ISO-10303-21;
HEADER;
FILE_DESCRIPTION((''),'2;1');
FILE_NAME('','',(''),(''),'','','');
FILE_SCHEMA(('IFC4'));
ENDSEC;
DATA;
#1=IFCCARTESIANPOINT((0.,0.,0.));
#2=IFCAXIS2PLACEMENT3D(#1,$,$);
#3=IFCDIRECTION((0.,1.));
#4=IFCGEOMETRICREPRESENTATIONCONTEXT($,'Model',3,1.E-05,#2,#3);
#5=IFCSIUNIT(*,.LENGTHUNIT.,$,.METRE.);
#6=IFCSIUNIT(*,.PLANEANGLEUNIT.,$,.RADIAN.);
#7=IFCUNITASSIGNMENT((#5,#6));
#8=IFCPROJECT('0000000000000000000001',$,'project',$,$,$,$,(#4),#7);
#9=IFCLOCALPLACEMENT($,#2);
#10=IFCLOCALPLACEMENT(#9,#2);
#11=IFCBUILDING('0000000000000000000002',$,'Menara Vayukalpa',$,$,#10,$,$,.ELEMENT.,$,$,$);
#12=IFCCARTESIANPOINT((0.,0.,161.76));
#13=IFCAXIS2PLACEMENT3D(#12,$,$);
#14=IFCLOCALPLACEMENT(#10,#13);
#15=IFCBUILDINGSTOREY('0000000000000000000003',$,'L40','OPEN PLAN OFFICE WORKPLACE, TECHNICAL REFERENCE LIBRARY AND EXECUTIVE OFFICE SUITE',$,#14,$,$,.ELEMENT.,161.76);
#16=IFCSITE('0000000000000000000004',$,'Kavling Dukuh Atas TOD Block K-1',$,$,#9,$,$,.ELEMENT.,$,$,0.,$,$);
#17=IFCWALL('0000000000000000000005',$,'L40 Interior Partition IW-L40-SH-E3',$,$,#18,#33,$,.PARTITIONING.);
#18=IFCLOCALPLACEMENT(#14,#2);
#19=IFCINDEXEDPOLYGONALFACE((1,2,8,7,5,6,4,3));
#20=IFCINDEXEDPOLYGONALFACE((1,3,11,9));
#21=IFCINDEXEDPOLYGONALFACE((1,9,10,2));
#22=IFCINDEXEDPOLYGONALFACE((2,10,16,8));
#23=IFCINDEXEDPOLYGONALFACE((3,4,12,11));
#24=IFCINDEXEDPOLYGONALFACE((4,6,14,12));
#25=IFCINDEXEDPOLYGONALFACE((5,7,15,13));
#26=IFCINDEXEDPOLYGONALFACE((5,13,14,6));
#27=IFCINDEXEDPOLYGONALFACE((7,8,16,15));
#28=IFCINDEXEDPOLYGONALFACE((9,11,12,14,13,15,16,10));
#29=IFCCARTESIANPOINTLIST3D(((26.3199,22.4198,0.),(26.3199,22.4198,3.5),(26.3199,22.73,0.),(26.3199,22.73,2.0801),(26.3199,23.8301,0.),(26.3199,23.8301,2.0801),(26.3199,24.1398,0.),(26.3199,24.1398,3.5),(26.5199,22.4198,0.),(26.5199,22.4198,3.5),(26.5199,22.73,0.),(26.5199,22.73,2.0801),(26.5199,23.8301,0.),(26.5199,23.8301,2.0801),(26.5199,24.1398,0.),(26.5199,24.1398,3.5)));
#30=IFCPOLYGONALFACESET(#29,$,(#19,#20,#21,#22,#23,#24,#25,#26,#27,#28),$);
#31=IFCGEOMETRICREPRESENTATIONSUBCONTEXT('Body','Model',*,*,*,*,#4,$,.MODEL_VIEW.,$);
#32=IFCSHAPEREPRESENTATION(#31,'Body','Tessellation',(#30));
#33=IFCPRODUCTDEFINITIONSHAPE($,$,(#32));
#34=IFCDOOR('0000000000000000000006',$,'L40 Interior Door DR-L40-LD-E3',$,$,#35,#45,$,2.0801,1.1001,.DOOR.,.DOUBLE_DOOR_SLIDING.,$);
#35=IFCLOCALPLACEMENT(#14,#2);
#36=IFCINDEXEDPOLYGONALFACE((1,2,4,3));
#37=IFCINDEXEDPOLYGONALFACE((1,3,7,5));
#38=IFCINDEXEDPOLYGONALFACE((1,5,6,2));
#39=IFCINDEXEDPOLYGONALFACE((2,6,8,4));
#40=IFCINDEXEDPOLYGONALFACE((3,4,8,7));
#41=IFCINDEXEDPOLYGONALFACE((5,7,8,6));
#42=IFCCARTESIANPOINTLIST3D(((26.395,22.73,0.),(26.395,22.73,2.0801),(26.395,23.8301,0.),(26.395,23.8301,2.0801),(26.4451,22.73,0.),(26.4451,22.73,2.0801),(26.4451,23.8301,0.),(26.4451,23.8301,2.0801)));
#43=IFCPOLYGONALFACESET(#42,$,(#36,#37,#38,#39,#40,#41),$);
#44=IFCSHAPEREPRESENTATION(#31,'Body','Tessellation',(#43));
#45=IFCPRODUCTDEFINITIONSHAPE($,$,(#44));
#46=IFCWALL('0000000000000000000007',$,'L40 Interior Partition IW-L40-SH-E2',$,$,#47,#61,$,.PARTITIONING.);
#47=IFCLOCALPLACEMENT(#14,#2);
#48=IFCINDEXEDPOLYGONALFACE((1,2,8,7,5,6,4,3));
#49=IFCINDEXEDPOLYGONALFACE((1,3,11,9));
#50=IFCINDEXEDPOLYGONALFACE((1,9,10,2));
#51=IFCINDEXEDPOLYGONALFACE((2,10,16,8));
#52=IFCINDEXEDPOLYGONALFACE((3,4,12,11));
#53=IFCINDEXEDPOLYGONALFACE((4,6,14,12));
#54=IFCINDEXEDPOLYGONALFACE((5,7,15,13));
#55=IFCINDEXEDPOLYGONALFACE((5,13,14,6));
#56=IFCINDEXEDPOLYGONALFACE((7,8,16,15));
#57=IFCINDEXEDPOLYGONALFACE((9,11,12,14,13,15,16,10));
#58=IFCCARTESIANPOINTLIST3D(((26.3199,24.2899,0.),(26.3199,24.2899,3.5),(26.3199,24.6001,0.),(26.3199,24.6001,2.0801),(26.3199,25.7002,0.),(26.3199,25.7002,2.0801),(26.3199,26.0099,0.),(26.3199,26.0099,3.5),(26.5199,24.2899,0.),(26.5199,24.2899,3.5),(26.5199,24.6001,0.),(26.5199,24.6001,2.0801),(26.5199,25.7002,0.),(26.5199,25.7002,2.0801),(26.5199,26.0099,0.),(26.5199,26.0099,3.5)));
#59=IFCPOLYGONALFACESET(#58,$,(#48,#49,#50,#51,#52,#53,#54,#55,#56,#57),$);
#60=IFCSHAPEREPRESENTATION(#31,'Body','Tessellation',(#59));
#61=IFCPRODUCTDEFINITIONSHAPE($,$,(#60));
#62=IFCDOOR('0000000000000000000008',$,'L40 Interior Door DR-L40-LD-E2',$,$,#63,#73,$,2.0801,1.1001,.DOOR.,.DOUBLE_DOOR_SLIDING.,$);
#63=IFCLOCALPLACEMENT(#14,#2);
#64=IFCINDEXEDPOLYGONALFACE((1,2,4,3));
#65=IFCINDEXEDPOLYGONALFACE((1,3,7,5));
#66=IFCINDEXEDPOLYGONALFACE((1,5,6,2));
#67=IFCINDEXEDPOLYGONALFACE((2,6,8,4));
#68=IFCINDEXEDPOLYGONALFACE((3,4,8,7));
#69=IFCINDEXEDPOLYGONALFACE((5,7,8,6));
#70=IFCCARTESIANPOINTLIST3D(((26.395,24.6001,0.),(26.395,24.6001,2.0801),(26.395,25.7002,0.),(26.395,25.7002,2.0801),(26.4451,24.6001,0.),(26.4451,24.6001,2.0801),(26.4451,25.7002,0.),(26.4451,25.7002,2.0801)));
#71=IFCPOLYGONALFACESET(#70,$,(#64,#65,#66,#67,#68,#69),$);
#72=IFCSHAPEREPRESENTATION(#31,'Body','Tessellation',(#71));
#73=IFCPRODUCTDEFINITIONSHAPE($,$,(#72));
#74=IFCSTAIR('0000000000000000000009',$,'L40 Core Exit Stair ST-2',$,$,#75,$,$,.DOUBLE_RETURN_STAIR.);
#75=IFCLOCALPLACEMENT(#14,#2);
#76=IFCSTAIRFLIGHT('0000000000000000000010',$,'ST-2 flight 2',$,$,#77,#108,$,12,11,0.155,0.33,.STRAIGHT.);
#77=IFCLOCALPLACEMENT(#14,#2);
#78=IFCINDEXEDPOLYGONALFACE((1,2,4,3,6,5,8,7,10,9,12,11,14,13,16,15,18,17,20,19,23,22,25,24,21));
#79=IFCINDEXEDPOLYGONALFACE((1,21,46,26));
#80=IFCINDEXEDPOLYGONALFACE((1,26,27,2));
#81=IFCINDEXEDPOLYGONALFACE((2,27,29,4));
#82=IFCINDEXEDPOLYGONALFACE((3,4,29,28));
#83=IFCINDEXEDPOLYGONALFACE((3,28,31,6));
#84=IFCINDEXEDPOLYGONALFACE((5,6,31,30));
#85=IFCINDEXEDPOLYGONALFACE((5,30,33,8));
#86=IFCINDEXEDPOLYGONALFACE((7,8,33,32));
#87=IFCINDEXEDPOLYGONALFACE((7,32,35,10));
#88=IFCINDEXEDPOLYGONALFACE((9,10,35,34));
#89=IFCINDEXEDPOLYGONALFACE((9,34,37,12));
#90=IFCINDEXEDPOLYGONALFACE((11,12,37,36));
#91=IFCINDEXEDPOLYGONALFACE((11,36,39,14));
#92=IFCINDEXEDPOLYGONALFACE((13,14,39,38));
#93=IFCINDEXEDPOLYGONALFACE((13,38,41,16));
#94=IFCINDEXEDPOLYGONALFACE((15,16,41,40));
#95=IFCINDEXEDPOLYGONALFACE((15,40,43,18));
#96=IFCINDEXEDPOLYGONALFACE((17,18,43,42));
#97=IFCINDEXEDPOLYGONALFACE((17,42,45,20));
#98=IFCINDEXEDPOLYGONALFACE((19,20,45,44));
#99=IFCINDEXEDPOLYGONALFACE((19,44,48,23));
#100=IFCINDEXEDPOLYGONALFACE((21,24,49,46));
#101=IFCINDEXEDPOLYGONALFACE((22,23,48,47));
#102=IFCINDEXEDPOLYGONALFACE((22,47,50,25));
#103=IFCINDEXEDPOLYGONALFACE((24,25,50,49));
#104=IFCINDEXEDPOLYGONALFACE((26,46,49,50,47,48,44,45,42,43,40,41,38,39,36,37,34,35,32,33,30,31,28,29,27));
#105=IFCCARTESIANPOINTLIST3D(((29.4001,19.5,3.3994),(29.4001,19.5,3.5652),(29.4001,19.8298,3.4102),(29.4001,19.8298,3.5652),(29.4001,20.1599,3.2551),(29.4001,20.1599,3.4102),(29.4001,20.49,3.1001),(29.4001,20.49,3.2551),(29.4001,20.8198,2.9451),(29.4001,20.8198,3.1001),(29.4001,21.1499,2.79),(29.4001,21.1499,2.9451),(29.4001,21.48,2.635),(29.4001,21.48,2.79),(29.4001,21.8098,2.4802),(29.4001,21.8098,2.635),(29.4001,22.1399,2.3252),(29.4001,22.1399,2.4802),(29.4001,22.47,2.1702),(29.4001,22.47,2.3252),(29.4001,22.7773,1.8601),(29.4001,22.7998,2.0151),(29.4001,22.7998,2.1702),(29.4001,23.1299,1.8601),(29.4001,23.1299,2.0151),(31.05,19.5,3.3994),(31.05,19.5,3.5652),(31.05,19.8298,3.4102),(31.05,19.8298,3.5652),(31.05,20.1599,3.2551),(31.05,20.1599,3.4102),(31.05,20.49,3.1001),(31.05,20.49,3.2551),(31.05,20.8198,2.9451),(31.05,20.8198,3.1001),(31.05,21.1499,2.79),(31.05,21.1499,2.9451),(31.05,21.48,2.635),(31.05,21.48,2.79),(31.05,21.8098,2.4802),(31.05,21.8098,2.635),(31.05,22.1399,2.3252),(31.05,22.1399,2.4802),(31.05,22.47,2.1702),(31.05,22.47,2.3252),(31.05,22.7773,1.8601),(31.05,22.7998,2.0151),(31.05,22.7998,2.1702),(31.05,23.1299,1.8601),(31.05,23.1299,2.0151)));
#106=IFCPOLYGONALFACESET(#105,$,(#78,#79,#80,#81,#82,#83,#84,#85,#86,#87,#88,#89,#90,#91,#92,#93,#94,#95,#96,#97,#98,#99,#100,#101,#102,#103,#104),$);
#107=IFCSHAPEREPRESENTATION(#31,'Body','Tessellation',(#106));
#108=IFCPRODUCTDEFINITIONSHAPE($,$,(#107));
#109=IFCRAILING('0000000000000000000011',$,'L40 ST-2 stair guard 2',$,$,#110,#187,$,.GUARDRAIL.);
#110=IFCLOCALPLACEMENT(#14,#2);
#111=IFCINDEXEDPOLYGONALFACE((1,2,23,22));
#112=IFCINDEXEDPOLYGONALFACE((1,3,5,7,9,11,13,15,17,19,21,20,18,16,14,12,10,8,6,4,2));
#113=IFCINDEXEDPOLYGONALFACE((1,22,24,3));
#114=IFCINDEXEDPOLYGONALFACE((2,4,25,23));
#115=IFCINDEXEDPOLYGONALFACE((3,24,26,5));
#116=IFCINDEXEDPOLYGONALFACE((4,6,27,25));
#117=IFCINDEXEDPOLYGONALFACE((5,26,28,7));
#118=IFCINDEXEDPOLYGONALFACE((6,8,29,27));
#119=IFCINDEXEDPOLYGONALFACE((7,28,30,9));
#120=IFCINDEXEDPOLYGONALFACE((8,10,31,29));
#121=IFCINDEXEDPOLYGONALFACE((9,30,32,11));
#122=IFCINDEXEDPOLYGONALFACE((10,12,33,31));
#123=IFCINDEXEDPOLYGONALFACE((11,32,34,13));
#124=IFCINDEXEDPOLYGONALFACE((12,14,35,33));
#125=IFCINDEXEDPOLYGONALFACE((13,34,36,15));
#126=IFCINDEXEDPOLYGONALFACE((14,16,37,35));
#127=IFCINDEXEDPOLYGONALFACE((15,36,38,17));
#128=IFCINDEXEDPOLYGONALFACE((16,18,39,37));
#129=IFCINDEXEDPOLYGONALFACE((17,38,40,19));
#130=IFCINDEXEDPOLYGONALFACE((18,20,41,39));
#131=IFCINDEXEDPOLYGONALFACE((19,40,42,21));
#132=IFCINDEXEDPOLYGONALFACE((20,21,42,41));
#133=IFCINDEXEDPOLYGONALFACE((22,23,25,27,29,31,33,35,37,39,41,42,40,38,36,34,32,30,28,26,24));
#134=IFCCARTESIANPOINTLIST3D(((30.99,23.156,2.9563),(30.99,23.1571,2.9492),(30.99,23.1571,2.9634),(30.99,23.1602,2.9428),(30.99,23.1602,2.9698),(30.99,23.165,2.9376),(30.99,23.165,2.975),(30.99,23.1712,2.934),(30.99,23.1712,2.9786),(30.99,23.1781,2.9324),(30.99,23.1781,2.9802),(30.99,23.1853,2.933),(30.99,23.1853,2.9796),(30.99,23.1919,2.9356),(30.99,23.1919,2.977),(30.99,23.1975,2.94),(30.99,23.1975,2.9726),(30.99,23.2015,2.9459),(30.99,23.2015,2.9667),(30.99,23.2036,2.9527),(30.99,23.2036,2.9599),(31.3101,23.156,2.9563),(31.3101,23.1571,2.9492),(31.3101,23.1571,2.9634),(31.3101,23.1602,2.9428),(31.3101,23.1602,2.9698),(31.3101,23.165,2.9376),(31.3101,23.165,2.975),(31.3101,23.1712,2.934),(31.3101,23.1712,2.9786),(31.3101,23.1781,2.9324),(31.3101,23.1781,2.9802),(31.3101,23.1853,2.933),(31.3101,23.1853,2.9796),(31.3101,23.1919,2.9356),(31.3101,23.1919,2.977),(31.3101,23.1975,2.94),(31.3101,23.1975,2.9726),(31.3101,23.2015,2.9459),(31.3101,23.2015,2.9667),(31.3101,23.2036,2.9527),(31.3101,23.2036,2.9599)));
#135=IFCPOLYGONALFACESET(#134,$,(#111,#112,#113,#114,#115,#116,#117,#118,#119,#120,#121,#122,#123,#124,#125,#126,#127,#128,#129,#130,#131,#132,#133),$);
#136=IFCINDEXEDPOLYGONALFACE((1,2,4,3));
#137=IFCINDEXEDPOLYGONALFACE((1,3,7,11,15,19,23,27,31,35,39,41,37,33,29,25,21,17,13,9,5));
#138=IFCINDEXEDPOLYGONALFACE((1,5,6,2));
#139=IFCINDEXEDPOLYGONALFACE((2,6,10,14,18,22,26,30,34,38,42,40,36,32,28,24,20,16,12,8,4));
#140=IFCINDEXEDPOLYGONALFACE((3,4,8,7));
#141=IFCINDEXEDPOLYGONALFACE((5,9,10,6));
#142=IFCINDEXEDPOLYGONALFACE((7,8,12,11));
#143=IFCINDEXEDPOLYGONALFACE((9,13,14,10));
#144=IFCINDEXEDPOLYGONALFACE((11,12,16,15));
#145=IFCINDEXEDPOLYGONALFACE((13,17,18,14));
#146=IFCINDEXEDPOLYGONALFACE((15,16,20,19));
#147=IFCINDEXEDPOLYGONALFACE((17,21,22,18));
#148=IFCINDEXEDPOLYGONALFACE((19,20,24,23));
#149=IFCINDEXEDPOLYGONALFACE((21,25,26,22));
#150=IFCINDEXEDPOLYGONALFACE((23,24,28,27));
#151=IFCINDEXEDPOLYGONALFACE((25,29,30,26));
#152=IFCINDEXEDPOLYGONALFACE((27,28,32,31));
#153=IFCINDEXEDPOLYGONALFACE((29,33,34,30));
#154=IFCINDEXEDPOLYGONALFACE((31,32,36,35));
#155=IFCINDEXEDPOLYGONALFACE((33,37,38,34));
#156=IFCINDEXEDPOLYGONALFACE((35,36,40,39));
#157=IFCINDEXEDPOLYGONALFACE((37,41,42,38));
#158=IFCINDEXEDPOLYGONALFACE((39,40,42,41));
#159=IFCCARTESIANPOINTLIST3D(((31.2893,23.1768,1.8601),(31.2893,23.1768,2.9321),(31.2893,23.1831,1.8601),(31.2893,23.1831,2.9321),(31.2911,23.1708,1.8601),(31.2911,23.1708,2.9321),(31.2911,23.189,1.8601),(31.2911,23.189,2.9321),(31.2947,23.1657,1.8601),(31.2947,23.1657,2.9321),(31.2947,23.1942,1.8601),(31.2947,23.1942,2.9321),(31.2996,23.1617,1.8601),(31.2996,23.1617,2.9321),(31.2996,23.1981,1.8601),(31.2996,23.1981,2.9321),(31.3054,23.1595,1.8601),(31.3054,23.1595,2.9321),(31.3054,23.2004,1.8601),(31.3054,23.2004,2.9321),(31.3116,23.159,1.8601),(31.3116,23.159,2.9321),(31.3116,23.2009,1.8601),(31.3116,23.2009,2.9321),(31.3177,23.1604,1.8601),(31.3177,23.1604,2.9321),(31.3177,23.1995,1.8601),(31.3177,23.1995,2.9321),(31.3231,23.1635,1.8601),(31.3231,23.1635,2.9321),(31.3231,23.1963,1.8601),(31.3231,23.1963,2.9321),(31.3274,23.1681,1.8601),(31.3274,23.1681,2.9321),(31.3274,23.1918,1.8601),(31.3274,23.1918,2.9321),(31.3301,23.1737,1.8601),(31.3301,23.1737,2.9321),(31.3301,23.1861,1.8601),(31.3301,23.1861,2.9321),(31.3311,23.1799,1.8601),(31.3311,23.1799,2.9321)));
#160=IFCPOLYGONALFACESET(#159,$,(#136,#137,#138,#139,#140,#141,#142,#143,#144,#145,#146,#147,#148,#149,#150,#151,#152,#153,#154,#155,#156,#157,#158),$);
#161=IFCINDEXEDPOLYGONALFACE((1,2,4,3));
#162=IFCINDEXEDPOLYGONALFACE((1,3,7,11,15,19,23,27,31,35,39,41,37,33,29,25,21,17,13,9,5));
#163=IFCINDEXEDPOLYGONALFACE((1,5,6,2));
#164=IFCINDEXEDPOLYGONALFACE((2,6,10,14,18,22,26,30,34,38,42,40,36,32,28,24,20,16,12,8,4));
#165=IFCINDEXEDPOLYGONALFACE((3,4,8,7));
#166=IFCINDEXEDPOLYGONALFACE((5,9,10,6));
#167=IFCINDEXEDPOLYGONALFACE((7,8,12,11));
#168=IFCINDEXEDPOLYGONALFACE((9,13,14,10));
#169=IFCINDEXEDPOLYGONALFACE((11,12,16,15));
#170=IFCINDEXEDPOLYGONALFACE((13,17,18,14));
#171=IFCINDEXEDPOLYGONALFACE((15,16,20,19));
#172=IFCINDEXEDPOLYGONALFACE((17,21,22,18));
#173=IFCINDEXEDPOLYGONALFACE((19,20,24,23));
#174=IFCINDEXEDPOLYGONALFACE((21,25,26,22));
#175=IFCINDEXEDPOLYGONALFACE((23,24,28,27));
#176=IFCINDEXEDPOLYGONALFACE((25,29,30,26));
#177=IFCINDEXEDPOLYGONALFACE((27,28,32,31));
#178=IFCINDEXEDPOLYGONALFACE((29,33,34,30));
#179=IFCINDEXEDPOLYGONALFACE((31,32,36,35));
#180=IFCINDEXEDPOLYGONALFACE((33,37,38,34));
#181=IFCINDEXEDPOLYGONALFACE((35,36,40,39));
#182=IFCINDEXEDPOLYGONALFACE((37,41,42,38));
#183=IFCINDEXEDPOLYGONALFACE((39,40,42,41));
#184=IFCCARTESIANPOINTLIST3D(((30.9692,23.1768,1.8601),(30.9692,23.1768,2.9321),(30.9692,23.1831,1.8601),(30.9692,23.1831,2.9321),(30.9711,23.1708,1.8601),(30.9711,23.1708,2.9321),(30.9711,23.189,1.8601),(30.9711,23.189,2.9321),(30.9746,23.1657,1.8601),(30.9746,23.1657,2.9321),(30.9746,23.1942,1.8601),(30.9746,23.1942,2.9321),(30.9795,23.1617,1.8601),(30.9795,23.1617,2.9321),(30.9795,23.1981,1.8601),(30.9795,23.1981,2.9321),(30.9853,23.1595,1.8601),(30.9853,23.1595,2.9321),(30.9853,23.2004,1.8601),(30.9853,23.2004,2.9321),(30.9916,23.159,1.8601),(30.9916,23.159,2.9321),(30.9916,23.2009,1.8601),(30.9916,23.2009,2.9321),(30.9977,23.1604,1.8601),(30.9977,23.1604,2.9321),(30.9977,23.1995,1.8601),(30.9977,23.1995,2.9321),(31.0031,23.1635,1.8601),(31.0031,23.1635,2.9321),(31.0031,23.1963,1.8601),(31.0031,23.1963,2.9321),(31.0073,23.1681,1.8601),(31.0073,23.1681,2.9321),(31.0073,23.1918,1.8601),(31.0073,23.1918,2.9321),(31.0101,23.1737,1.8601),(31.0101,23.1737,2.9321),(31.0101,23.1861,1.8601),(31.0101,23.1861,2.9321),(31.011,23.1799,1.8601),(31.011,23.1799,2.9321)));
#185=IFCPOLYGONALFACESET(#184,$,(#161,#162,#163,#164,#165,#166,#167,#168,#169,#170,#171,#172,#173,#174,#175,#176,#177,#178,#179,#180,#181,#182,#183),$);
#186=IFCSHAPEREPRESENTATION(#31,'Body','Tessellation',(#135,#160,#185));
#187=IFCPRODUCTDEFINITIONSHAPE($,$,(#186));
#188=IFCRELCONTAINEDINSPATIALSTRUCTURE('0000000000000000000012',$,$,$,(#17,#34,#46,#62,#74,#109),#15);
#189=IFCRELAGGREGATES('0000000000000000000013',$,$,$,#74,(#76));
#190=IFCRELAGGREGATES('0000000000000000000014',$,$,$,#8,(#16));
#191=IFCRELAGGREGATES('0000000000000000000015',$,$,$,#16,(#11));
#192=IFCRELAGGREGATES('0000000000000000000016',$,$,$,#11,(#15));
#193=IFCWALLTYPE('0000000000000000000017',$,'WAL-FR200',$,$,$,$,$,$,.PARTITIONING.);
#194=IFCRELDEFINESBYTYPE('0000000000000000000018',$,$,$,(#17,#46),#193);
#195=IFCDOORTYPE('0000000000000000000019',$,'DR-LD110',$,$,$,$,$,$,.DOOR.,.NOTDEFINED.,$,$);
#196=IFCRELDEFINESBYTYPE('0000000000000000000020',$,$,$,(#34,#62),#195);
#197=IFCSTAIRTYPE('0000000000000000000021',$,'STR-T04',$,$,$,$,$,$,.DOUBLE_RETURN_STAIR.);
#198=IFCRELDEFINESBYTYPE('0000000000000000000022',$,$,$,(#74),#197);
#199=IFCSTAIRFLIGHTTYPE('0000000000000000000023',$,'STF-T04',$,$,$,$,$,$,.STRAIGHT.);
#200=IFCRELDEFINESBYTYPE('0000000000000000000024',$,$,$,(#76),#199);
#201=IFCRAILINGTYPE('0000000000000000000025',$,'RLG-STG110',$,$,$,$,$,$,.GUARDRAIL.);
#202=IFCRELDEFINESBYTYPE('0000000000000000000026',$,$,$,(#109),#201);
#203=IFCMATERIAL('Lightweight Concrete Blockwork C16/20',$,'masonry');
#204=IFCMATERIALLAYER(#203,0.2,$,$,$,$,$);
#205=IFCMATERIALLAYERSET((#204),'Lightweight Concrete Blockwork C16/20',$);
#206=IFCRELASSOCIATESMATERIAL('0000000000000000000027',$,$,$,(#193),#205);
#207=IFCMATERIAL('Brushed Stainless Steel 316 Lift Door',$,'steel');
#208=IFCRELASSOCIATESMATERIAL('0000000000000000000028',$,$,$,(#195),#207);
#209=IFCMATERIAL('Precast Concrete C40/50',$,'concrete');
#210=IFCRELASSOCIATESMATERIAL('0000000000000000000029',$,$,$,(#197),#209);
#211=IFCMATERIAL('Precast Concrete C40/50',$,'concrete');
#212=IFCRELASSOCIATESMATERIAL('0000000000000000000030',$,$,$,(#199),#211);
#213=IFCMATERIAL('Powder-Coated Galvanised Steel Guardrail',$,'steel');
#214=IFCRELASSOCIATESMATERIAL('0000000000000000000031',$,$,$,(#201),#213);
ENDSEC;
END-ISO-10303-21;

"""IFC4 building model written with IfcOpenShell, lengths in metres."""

from ifc_helpers import new_model, si_unit, direction, frame, frame_2d, origin, origin_2d, place, context, subcontext, project, spatial, polyline, rectangle, circle, outline, extrude, material, layer, layer_set, type_object, element, fill, aggregate, save


model = new_model("IFC4")

# Units and contexts
model_context = context("Model", 3, precision=1e-05, world=origin(), true_north=direction((0.0, 1.0)))
body_context = subcontext(model_context, "Body", "Model", "MODEL_VIEW")
ifc_project = project(units=[si_unit("LENGTHUNIT", "METRE"), si_unit("PLANEANGLEUNIT", "RADIAN")], contexts=[model_context])

# Site, building, storey
site_placement = place(None, origin())
site = spatial("IfcSite", under=ifc_project, at=site_placement, Name="Kavling Dukuh Atas TOD Block K-1", CompositionType="ELEMENT", RefElevation=0.0)
building_placement = place(site_placement, origin())
building = spatial("IfcBuilding", under=site, at=building_placement, Name="Menara Vayukalpa", CompositionType="ELEMENT")
storey_placement = place(building_placement, frame((0.0, 0.0, 161.76)))
storey = spatial("IfcBuildingStorey", under=building, at=storey_placement, Name="L40", Description="OPEN PLAN OFFICE WORKPLACE, TECHNICAL REFERENCE LIBRARY AND EXECUTIVE OFFICE SUITE", CompositionType="ELEMENT", Elevation=161.76)

# Walls, openings, doors
ifc_material_1 = material(Name="Lightweight Concrete Blockwork C16/20", Category="masonry")
ifc_layer_1 = layer(ifc_material_1, 0.2)
ifc_layer_set_1 = layer_set([ifc_layer_1], Name="Lightweight Concrete Blockwork C16/20")
wall_type_1 = type_object("IfcWallType", Name="WAL-FR200", PredefinedType="PARTITIONING", material=ifc_layer_set_1)
ifc_material_2 = material(Name="Brushed Stainless Steel 316 Lift Door", Category="steel")
door_type_1 = type_object("IfcDoorType", Name="DR-LD110", OperationType="NOTDEFINED", PredefinedType="DOOR", material=ifc_material_2)
wall_1_placement = place(storey_placement, frame((26.4199, 22.4199, 0.0), z_axis=(0.0, 0.0, 1.0), x_axis=(0.0, 1.0, 0.0)))
wall_1 = element("IfcWall", 1, at=wall_1_placement, inside=storey, type_object=wall_type_1, Name="L40 Interior Partition IW-L40-SH-E3", PredefinedType="PARTITIONING", context=body_context, shape_type="SweptSolid", body=[
    extrude(rectangle(XDim=1.72, YDim=0.2, at=frame_2d((0.8599, 0.0))), origin(), (0.0, 0.0, 1.0), 3.5),
])
opening_1_placement = place(wall_1_placement, frame((0.3101, 0.0, 0.0)))
opening_1 = element("IfcOpeningElement", 2, at=opening_1_placement, cuts=wall_1, PredefinedType="OPENING", context=body_context, shape_type="SweptSolid", body=[
    extrude(rectangle(XDim=1.1001, YDim=2.0801, at=frame_2d((0.55, 1.04))), frame((0.0, 0.1099, 0.0), z_axis=(0.0, -1.0, 0.0), x_axis=(1.0, 0.0, 0.0)), (0.0, 0.0, 1.0), 0.22),
])
door_1_placement = place(opening_1_placement, origin())
door_1 = element("IfcDoor", 3, at=door_1_placement, inside=storey, type_object=door_type_1, Name="L40 Interior Door DR-L40-LD-E3", OperationType="DOUBLE_DOOR_SLIDING", OverallHeight=2.0801, OverallWidth=1.1001, PredefinedType="DOOR", context=body_context, shape_type="SweptSolid", body=[
    extrude(rectangle(XDim=1.1001, YDim=2.0801, at=frame_2d((0.55, 1.04))), frame((0.0, 0.0249, 0.0), z_axis=(0.0, -1.0, 0.0), x_axis=(1.0, 0.0, 0.0)), (0.0, 0.0, 1.0), 0.05),
])
fill(opening_1, door_1)
wall_2_placement = place(storey_placement, frame((26.4199, 24.29, 0.0), z_axis=(0.0, 0.0, 1.0), x_axis=(0.0, 1.0, 0.0)))
wall_2 = element("IfcWall", 4, at=wall_2_placement, inside=storey, type_object=wall_type_1, Name="L40 Interior Partition IW-L40-SH-E2", PredefinedType="PARTITIONING", context=body_context, shape_type="SweptSolid", body=[
    extrude(rectangle(XDim=1.72, YDim=0.2, at=frame_2d((0.8599, 0.0))), origin(), (0.0, 0.0, 1.0), 3.5),
])
opening_2_placement = place(wall_2_placement, frame((0.3101, 0.0, 0.0)))
opening_2 = element("IfcOpeningElement", 5, at=opening_2_placement, cuts=wall_2, PredefinedType="OPENING", context=body_context, shape_type="SweptSolid", body=[
    extrude(rectangle(XDim=1.1001, YDim=2.0801, at=frame_2d((0.55, 1.04))), frame((0.0, 0.1099, 0.0), z_axis=(0.0, -1.0, 0.0), x_axis=(1.0, 0.0, 0.0)), (0.0, 0.0, 1.0), 0.22),
])
door_2_placement = place(opening_2_placement, origin())
door_2 = element("IfcDoor", 6, at=door_2_placement, inside=storey, type_object=door_type_1, Name="L40 Interior Door DR-L40-LD-E2", OperationType="DOUBLE_DOOR_SLIDING", OverallHeight=2.0801, OverallWidth=1.1001, PredefinedType="DOOR", context=body_context, shape_type="SweptSolid", body=[
    extrude(rectangle(XDim=1.1001, YDim=2.0801, at=frame_2d((0.55, 1.04))), frame((0.0, 0.0249, 0.0), z_axis=(0.0, -1.0, 0.0), x_axis=(1.0, 0.0, 0.0)), (0.0, 0.0, 1.0), 0.05),
])
fill(opening_2, door_2)

# Stair, stair flight
ifc_material_3 = material(Name="Precast Concrete C40/50", Category="concrete")
stair_type = type_object("IfcStairType", Name="STR-T04", PredefinedType="DOUBLE_RETURN_STAIR", material=ifc_material_3)
stair_placement = place(storey_placement, origin())
stair = element("IfcStair", 7, at=stair_placement, inside=storey, type_object=stair_type, Name="L40 Core Exit Stair ST-2", PredefinedType="DOUBLE_RETURN_STAIR")
ifc_material_4 = material(Name="Precast Concrete C40/50", Category="concrete")
stair_flight_type = type_object("IfcStairFlightType", Name="STF-T04", PredefinedType="STRAIGHT", material=ifc_material_4)
stair_flight_placement = place(storey_placement, frame((30.2251, 23.1299, 1.8601), z_axis=(0.0, 0.0, 1.0), x_axis=(0.0, -1.0, 0.0)))
stair_flight = element("IfcStairFlight", 8, at=stair_flight_placement, type_object=stair_flight_type, Name="ST-2 flight 2", NumberOfRisers=12, NumberOfTreads=11, PredefinedType="STRAIGHT", RiserHeight=0.155, TreadLength=0.33, context=body_context, shape_type="SweptSolid", body=[
    extrude(outline(polyline([(0.0, 0.0), (0.0, 0.155), (0.3301, 0.155), (0.3301, 0.3101), (0.6599, 0.3101), (0.6599, 0.4651), (0.99, 0.4651), (0.99, 0.6201), (1.3201, 0.6201), (1.3201, 0.7749), (1.6499, 0.7749), (1.6499, 0.9299), (1.98, 0.9299), (1.98, 1.085), (2.3101, 1.085), (2.3101, 1.24), (2.6399, 1.24), (2.6399, 1.395), (2.97, 1.395), (2.97, 1.55), (3.3, 1.55), (3.3, 1.7051), (3.6299, 1.7051), (3.6299, 1.8601), (3.6299, 1.5393), (0.3525, 0.0), (0.0, 0.0)])), frame((0.0, 0.825, 0.0), z_axis=(0.0, -1.0, 0.0), x_axis=(1.0, 0.0, 0.0)), (0.0, 0.0, 1.0), 1.6499),
])
aggregate(stair, [stair_flight])

# Railing
ifc_material_5 = material(Name="Powder-Coated Galvanised Steel Guardrail", Category="steel")
railing_type_1 = type_object("IfcRailingType", Name="RLG-STG110", PredefinedType="GUARDRAIL", material=ifc_material_5)
railing_1_placement = place(storey_placement, frame((31.3101, 23.1799, 1.8601)))
element("IfcRailing", 9, at=railing_1_placement, inside=storey, type_object=railing_type_1, Name="L40 ST-2 stair guard 2", PredefinedType="GUARDRAIL", context=body_context, shape_type="SweptSolid", body=[
    extrude(circle(Radius=0.0239, at=origin_2d()), frame((0.0, 0.0, 1.0962), z_axis=(-1.0, 0.0, 0.0), x_axis=(0.0, -1.0, 0.0)), (0.0, 0.0, 1.0), 0.3201),
    extrude(circle(Radius=0.021, at=origin_2d()), origin(), (0.0, 0.0, 1.0), 1.072),
    extrude(circle(Radius=0.021, at=origin_2d()), frame((-0.3201, 0.0, 0.0)), (0.0, 0.0, 1.0), 1.072),
])

save(model, "model.ifc")
